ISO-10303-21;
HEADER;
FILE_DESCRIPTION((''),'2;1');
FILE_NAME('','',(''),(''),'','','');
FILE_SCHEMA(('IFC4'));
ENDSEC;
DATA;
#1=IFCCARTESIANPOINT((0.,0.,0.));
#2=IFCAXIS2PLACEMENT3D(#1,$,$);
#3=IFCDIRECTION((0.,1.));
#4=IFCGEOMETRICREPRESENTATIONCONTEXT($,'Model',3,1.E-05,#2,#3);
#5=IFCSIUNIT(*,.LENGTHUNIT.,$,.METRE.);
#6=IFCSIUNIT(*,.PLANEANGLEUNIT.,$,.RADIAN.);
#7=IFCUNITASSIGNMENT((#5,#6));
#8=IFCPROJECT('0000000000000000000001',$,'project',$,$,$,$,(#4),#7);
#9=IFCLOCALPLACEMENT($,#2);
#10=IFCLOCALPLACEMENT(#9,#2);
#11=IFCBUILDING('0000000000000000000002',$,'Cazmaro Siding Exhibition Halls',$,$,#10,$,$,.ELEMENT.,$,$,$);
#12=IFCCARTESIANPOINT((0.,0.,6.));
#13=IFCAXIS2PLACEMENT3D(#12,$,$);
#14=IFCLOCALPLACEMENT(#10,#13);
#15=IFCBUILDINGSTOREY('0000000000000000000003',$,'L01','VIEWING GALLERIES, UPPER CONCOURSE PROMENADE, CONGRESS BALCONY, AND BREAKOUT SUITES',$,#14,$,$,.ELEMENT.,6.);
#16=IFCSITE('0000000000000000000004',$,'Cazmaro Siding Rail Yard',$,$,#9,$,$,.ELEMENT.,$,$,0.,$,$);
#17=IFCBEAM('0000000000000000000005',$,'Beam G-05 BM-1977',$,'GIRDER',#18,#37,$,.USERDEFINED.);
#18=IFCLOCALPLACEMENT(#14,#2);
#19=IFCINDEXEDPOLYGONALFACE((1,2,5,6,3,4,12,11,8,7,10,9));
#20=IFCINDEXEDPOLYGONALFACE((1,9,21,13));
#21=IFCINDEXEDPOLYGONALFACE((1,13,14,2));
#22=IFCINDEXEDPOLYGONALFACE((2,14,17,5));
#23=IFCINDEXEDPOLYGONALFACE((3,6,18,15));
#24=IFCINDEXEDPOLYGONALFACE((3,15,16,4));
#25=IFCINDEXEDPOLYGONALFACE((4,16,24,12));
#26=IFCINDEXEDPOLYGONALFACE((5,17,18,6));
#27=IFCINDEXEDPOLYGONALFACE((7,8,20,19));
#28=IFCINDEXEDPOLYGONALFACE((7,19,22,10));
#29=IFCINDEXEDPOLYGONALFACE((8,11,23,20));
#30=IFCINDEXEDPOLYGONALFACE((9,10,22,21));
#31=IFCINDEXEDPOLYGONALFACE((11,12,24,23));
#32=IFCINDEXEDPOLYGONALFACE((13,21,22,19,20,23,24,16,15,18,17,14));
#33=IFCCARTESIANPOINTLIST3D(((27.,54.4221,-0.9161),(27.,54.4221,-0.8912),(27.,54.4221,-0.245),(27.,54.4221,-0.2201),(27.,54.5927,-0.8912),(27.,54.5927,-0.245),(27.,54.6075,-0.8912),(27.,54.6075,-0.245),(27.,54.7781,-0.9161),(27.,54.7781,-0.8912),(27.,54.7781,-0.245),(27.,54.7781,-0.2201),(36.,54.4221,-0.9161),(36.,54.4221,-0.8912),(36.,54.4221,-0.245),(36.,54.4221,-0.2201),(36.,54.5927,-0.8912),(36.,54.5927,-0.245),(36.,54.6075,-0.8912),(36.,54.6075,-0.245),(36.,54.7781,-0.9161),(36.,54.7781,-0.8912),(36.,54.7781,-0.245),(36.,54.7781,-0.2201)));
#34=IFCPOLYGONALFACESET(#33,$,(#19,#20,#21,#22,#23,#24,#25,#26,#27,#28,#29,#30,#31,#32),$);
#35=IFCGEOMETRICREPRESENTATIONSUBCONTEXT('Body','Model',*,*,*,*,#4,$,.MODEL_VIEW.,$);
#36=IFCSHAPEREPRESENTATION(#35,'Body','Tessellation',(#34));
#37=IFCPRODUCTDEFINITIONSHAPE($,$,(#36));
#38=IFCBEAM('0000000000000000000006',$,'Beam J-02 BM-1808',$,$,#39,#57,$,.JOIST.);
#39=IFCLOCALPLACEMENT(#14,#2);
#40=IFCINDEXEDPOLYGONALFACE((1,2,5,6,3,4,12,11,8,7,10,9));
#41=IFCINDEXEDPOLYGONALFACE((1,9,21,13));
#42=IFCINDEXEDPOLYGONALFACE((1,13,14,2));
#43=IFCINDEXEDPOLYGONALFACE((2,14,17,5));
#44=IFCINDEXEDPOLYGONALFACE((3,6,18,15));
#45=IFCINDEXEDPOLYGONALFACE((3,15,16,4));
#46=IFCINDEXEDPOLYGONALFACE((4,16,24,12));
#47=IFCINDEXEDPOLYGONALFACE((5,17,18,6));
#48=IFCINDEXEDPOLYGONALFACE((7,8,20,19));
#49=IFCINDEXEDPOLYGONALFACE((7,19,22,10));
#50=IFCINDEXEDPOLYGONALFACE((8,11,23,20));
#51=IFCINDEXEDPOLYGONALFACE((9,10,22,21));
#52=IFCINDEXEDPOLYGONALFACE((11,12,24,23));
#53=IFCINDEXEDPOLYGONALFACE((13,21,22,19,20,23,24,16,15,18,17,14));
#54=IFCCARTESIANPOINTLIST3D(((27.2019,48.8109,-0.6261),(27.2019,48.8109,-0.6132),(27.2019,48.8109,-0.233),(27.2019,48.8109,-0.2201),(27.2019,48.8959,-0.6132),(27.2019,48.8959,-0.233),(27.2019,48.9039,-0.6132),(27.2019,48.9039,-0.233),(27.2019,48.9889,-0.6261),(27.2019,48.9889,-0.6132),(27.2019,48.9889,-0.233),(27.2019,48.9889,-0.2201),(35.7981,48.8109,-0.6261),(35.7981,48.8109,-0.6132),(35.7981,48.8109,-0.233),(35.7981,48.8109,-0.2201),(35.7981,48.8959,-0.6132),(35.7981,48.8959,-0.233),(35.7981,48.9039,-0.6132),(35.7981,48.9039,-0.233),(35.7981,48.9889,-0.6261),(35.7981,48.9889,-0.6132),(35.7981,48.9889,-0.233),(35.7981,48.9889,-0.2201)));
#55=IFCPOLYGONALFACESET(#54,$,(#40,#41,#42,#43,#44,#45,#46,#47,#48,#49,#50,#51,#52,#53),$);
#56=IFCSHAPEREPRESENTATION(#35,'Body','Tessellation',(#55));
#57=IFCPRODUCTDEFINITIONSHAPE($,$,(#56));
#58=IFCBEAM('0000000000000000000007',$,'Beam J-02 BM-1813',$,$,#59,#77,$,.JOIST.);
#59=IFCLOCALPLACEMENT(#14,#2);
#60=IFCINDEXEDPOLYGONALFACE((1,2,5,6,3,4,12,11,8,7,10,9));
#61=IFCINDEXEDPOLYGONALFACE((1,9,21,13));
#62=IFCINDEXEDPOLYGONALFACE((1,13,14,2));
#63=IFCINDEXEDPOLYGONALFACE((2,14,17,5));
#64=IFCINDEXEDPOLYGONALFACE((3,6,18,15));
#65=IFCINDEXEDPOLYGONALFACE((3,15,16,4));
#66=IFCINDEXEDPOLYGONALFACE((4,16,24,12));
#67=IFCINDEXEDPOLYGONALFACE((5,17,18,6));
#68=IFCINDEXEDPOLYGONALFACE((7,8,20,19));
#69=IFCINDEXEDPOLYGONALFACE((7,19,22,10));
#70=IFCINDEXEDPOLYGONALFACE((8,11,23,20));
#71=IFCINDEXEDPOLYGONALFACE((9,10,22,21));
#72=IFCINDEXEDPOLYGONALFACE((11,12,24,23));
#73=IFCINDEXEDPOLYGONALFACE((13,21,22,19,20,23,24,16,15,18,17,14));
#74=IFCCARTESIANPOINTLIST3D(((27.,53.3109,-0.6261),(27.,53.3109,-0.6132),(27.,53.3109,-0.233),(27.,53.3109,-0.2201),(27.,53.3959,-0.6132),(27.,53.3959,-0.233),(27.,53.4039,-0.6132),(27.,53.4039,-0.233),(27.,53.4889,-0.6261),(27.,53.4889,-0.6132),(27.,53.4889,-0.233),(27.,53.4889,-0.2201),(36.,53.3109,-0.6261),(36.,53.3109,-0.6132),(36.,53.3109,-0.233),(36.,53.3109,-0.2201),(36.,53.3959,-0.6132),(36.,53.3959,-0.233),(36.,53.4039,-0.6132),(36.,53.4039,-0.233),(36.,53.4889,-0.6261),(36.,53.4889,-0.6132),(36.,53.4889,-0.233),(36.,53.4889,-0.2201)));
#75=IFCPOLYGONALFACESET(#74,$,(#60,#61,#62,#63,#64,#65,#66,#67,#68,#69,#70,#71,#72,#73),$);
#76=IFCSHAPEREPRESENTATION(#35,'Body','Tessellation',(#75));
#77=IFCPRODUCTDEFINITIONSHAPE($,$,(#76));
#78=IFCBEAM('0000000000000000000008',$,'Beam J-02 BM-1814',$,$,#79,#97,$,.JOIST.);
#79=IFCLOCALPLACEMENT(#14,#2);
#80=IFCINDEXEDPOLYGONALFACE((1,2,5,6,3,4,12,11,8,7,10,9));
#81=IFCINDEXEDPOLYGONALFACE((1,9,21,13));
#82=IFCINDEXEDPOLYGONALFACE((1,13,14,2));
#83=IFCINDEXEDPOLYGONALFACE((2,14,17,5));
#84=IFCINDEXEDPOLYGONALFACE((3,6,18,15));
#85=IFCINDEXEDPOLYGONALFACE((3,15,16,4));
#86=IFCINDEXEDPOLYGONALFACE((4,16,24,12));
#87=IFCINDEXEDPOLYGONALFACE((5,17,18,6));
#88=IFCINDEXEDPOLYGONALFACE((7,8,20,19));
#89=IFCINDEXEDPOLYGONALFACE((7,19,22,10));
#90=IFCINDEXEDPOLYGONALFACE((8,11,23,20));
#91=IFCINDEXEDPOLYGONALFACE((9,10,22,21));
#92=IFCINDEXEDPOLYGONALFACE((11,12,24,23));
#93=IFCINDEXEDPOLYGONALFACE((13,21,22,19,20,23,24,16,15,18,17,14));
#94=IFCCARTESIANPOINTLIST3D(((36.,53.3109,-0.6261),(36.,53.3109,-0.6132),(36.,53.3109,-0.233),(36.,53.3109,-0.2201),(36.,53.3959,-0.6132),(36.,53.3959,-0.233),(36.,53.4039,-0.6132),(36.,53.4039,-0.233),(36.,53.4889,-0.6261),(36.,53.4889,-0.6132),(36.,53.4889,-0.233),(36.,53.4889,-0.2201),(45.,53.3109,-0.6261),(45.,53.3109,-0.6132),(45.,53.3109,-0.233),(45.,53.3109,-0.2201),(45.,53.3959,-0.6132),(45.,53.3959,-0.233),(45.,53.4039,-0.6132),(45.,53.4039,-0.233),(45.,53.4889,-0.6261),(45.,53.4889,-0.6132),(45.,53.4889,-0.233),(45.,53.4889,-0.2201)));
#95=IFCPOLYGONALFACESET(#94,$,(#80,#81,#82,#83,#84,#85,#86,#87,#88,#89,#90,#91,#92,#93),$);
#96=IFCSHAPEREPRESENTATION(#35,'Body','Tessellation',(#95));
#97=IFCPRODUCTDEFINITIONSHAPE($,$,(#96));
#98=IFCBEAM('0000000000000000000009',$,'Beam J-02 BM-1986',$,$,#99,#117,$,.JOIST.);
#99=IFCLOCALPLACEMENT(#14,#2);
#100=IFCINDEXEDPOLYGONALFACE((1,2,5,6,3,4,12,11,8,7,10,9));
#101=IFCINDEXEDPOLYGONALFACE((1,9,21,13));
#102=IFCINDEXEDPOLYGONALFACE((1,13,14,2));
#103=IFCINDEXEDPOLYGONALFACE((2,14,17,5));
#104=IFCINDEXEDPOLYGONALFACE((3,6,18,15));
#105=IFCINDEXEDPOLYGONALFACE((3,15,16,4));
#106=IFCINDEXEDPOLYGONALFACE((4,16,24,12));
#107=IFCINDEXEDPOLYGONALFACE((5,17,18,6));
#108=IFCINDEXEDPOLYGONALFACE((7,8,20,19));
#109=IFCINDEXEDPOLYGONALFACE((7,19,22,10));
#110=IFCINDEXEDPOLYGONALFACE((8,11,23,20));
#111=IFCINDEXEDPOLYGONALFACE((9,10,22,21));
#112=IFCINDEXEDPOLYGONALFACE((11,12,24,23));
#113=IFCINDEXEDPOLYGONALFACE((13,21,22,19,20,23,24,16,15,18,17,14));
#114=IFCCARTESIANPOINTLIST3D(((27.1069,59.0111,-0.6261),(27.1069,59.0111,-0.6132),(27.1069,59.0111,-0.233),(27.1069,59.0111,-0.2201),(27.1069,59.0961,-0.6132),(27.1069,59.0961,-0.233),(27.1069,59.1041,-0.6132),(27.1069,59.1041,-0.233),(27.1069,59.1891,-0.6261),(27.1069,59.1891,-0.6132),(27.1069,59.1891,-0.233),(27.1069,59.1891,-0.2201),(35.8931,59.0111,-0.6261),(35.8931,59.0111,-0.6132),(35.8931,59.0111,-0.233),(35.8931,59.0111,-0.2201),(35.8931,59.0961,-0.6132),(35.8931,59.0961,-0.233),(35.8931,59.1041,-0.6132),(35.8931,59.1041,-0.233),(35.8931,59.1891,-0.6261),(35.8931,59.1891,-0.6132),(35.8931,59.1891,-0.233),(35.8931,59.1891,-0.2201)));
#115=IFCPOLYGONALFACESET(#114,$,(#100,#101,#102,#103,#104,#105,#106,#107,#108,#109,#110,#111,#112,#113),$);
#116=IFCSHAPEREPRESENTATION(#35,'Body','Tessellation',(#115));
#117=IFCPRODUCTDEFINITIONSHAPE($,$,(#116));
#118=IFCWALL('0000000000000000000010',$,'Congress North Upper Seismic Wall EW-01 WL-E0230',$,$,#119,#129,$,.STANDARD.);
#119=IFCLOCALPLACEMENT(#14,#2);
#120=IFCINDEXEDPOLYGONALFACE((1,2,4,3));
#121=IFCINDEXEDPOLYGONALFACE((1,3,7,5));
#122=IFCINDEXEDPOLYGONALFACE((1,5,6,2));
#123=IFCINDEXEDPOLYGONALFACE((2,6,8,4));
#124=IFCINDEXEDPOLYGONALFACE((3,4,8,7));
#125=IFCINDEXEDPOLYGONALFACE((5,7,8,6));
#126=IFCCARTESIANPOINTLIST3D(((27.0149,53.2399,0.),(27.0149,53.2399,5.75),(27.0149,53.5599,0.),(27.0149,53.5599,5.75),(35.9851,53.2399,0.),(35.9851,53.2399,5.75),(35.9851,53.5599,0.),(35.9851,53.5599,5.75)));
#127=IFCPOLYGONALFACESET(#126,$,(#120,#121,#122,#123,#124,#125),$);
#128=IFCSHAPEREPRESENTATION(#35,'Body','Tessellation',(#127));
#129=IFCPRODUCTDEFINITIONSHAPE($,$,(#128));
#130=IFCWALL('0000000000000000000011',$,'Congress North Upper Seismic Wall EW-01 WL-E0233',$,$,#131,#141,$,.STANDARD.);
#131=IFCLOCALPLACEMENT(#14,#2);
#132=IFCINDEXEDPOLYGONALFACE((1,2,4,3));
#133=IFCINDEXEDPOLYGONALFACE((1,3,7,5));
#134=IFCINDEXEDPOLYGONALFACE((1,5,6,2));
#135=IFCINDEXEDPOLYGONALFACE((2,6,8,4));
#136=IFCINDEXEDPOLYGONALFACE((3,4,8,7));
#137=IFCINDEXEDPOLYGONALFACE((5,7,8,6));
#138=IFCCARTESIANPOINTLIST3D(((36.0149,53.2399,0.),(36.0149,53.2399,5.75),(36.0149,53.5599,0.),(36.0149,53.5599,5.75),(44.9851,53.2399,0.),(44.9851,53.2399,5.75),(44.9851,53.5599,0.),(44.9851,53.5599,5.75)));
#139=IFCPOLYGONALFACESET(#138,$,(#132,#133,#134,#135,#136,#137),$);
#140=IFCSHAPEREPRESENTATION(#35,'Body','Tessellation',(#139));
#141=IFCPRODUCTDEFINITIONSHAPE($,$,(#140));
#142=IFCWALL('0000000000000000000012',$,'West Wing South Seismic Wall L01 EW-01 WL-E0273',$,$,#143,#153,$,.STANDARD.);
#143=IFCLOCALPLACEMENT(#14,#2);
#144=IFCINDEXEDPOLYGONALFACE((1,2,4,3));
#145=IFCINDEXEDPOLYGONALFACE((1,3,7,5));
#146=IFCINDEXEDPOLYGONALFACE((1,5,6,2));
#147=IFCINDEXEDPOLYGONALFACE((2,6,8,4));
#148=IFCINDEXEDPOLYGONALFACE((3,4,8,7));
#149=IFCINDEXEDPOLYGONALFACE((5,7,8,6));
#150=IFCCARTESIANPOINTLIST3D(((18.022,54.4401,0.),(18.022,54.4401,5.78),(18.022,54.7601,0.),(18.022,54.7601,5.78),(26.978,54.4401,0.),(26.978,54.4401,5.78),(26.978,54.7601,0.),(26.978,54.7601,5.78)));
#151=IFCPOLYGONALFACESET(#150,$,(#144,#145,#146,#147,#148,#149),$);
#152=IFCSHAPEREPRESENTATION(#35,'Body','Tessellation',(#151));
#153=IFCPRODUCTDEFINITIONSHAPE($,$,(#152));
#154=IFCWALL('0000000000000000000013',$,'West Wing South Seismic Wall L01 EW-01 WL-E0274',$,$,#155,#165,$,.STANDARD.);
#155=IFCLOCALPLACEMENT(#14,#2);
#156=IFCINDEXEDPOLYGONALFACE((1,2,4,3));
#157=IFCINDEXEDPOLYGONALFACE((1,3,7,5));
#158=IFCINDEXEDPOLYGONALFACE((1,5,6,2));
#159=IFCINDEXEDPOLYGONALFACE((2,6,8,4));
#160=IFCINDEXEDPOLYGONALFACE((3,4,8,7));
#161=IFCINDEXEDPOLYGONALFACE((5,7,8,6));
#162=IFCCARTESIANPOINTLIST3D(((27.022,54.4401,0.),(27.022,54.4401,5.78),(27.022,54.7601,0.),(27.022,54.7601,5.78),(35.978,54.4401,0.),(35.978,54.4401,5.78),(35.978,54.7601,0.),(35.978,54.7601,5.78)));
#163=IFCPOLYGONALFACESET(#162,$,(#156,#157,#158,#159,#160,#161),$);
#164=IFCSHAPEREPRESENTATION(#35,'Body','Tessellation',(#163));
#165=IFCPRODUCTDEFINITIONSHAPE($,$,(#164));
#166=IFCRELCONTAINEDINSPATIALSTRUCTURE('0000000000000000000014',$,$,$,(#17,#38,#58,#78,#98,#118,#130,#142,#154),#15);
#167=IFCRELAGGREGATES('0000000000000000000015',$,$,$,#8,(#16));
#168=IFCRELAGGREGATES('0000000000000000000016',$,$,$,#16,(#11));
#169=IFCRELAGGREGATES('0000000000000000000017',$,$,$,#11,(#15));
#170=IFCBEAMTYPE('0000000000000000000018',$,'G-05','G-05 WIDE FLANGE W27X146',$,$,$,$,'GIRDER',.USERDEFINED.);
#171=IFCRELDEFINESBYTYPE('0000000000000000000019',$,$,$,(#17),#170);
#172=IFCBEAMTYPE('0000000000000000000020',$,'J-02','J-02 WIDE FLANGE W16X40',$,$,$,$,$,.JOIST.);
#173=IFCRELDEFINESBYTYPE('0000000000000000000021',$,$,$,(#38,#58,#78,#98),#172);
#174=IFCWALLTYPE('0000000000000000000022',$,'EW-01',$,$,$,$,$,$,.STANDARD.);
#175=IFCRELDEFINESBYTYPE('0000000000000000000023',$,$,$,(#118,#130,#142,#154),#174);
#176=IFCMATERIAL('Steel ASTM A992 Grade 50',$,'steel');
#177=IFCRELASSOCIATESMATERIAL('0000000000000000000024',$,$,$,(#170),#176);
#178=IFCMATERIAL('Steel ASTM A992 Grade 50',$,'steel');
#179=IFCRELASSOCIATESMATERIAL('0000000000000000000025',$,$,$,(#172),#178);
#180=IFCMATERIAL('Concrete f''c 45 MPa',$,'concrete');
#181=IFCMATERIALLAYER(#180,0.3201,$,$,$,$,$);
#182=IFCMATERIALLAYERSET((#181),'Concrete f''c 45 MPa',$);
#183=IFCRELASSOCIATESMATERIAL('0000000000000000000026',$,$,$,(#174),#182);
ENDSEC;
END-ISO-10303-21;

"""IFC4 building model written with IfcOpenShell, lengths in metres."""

from ifc_helpers import new_model, si_unit, direction, frame, frame_2d, origin, origin_2d, place, context, subcontext, project, spatial, rectangle, i_section, extrude, material, layer, layer_set, material_profile, profile_set, type_object, element, save


model = new_model("IFC4")

# Units and contexts
model_context = context("Model", 3, precision=1e-05, world=origin(), true_north=direction((0.0, 1.0)))
body_context = subcontext(model_context, "Body", "Model", "MODEL_VIEW")
ifc_project = project(units=[si_unit("LENGTHUNIT", "METRE"), si_unit("PLANEANGLEUNIT", "RADIAN")], contexts=[model_context])

# Site, building, storey
site_placement = place(None, origin())
site = spatial("IfcSite", under=ifc_project, at=site_placement, Name="Cazmaro Siding Rail Yard", CompositionType="ELEMENT", RefElevation=0.0)
building_placement = place(site_placement, origin())
building = spatial("IfcBuilding", under=site, at=building_placement, Name="Cazmaro Siding Exhibition Halls", CompositionType="ELEMENT")
storey_placement = place(building_placement, frame((0.0, 0.0, 6.0)))
storey = spatial("IfcBuildingStorey", under=building, at=storey_placement, Name="L01", Description="VIEWING GALLERIES, UPPER CONCOURSE PROMENADE, CONGRESS BALCONY, AND BREAKOUT SUITES", CompositionType="ELEMENT", Elevation=6.0)

# Beams
ifc_material_1 = material(Name="Steel ASTM A992 Grade 50", Category="steel")
ifc_material_profile_1 = material_profile(ifc_material_1, i_section(OverallWidth=0.356, OverallDepth=0.696, WebThickness=0.0149, FlangeThickness=0.0249, at=origin_2d()), Name="W27X146")
ifc_profile_set_1 = profile_set([ifc_material_profile_1], Name="Steel ASTM A992 Grade 50")
beam_type_1 = type_object("IfcBeamType", Name="G-05", Description="G-05 WIDE FLANGE W27X146", ElementType="GIRDER", PredefinedType="USERDEFINED", material=ifc_profile_set_1)
beam_1_placement = place(storey_placement, frame((27.0, 54.6001, -0.5681), z_axis=(1.0, 0.0, 0.0), x_axis=(0.0, 1.0, 0.0)))
element("IfcBeam", 1, at=beam_1_placement, inside=storey, type_object=beam_type_1, Name="Beam G-05 BM-1977", ObjectType="GIRDER", PredefinedType="USERDEFINED", context=body_context, shape_type="SweptSolid", body=[
    extrude(i_section(OverallWidth=0.356, OverallDepth=0.696, WebThickness=0.0149, FlangeThickness=0.0249, at=origin_2d()), origin(), (0.0, 0.0, 1.0), 9.0),
])
ifc_material_2 = material(Name="Steel ASTM A992 Grade 50", Category="steel")
ifc_material_profile_2 = material_profile(ifc_material_2, i_section(OverallWidth=0.178, OverallDepth=0.406, WebThickness=0.0081, FlangeThickness=0.0129, at=origin_2d()), Name="W16X40")
ifc_profile_set_2 = profile_set([ifc_material_profile_2], Name="Steel ASTM A992 Grade 50")
beam_type_2 = type_object("IfcBeamType", Name="J-02", Description="J-02 WIDE FLANGE W16X40", PredefinedType="JOIST", material=ifc_profile_set_2)
beam_2_placement = place(storey_placement, frame((27.2019, 48.8999, -0.4231), z_axis=(1.0, 0.0, 0.0), x_axis=(0.0, 1.0, 0.0)))
element("IfcBeam", 2, at=beam_2_placement, inside=storey, type_object=beam_type_2, Name="Beam J-02 BM-1808", PredefinedType="JOIST", context=body_context, shape_type="SweptSolid", body=[
    extrude(i_section(OverallWidth=0.178, OverallDepth=0.406, WebThickness=0.0081, FlangeThickness=0.0129, at=origin_2d()), origin(), (0.0, 0.0, 1.0), 8.5962),
])
for number, where, z_axis, x_axis, name in (
    (3, (27.0, 53.3999, -0.4231), (1.0, 0.0, 0.0), (0.0, 1.0, 0.0), "Beam J-02 BM-1813"),
    (4, (36.0, 53.3999, -0.4231), (1.0, 0.0, 0.0), (0.0, 1.0, 0.0), "Beam J-02 BM-1814"),
):
    element("IfcBeam", number, at=place(storey_placement, frame(where, z_axis=z_axis, x_axis=x_axis)), inside=storey, type_object=beam_type_2, Name=name, PredefinedType="JOIST", context=body_context, shape_type="SweptSolid", body=[
        extrude(i_section(OverallWidth=0.178, OverallDepth=0.406, WebThickness=0.0081, FlangeThickness=0.0129, at=origin_2d()), origin(), (0.0, 0.0, 1.0), 9.0),
    ])
beam_3_placement = place(storey_placement, frame((27.1069, 59.1001, -0.4231), z_axis=(1.0, 0.0, 0.0), x_axis=(0.0, 1.0, 0.0)))
element("IfcBeam", 5, at=beam_3_placement, inside=storey, type_object=beam_type_2, Name="Beam J-02 BM-1986", PredefinedType="JOIST", context=body_context, shape_type="SweptSolid", body=[
    extrude(i_section(OverallWidth=0.178, OverallDepth=0.406, WebThickness=0.0081, FlangeThickness=0.0129, at=origin_2d()), origin(), (0.0, 0.0, 1.0), 8.7861),
])

# Walls
ifc_material_3 = material(Name="Concrete f'c 45 MPa", Category="concrete")
ifc_layer_1 = layer(ifc_material_3, 0.3201)
ifc_layer_set_1 = layer_set([ifc_layer_1], Name="Concrete f'c 45 MPa")
wall_type_1 = type_object("IfcWallType", Name="EW-01", PredefinedType="STANDARD", material=ifc_layer_set_1)
for number, where, z_axis, x_axis, name in (
    (6, (27.0149, 53.3999, 0.0), (0.0, 0.0, 1.0), (1.0, 0.0, 0.0), "Congress North Upper Seismic Wall EW-01 WL-E0230"),
    (7, (36.0149, 53.3999, 0.0), (0.0, 0.0, 1.0), (1.0, 0.0, 0.0), "Congress North Upper Seismic Wall EW-01 WL-E0233"),
):
    element("IfcWall", number, at=place(storey_placement, frame(where, z_axis=z_axis, x_axis=x_axis)), inside=storey, type_object=wall_type_1, Name=name, PredefinedType="STANDARD", context=body_context, shape_type="SweptSolid", body=[
        extrude(rectangle(XDim=8.9702, YDim=0.3201, at=frame_2d((4.4851, 0.0))), origin(), (0.0, 0.0, 1.0), 5.75),
    ])
for number, where, z_axis, x_axis, name in (
    (8, (26.978, 54.6001, 0.0), (0.0, 0.0, 1.0), (-1.0, 0.0, 0.0), "West Wing South Seismic Wall L01 EW-01 WL-E0273"),
    (9, (35.978, 54.6001, 0.0), (0.0, 0.0, 1.0), (-1.0, 0.0, 0.0), "West Wing South Seismic Wall L01 EW-01 WL-E0274"),
):
    element("IfcWall", number, at=place(storey_placement, frame(where, z_axis=z_axis, x_axis=x_axis)), inside=storey, type_object=wall_type_1, Name=name, PredefinedType="STANDARD", context=body_context, shape_type="SweptSolid", body=[
        extrude(rectangle(XDim=8.9561, YDim=0.3201, at=frame_2d((4.478, 0.0))), origin(), (0.0, 0.0, 1.0), 5.78),
    ])

save(model, "model.ifc")
